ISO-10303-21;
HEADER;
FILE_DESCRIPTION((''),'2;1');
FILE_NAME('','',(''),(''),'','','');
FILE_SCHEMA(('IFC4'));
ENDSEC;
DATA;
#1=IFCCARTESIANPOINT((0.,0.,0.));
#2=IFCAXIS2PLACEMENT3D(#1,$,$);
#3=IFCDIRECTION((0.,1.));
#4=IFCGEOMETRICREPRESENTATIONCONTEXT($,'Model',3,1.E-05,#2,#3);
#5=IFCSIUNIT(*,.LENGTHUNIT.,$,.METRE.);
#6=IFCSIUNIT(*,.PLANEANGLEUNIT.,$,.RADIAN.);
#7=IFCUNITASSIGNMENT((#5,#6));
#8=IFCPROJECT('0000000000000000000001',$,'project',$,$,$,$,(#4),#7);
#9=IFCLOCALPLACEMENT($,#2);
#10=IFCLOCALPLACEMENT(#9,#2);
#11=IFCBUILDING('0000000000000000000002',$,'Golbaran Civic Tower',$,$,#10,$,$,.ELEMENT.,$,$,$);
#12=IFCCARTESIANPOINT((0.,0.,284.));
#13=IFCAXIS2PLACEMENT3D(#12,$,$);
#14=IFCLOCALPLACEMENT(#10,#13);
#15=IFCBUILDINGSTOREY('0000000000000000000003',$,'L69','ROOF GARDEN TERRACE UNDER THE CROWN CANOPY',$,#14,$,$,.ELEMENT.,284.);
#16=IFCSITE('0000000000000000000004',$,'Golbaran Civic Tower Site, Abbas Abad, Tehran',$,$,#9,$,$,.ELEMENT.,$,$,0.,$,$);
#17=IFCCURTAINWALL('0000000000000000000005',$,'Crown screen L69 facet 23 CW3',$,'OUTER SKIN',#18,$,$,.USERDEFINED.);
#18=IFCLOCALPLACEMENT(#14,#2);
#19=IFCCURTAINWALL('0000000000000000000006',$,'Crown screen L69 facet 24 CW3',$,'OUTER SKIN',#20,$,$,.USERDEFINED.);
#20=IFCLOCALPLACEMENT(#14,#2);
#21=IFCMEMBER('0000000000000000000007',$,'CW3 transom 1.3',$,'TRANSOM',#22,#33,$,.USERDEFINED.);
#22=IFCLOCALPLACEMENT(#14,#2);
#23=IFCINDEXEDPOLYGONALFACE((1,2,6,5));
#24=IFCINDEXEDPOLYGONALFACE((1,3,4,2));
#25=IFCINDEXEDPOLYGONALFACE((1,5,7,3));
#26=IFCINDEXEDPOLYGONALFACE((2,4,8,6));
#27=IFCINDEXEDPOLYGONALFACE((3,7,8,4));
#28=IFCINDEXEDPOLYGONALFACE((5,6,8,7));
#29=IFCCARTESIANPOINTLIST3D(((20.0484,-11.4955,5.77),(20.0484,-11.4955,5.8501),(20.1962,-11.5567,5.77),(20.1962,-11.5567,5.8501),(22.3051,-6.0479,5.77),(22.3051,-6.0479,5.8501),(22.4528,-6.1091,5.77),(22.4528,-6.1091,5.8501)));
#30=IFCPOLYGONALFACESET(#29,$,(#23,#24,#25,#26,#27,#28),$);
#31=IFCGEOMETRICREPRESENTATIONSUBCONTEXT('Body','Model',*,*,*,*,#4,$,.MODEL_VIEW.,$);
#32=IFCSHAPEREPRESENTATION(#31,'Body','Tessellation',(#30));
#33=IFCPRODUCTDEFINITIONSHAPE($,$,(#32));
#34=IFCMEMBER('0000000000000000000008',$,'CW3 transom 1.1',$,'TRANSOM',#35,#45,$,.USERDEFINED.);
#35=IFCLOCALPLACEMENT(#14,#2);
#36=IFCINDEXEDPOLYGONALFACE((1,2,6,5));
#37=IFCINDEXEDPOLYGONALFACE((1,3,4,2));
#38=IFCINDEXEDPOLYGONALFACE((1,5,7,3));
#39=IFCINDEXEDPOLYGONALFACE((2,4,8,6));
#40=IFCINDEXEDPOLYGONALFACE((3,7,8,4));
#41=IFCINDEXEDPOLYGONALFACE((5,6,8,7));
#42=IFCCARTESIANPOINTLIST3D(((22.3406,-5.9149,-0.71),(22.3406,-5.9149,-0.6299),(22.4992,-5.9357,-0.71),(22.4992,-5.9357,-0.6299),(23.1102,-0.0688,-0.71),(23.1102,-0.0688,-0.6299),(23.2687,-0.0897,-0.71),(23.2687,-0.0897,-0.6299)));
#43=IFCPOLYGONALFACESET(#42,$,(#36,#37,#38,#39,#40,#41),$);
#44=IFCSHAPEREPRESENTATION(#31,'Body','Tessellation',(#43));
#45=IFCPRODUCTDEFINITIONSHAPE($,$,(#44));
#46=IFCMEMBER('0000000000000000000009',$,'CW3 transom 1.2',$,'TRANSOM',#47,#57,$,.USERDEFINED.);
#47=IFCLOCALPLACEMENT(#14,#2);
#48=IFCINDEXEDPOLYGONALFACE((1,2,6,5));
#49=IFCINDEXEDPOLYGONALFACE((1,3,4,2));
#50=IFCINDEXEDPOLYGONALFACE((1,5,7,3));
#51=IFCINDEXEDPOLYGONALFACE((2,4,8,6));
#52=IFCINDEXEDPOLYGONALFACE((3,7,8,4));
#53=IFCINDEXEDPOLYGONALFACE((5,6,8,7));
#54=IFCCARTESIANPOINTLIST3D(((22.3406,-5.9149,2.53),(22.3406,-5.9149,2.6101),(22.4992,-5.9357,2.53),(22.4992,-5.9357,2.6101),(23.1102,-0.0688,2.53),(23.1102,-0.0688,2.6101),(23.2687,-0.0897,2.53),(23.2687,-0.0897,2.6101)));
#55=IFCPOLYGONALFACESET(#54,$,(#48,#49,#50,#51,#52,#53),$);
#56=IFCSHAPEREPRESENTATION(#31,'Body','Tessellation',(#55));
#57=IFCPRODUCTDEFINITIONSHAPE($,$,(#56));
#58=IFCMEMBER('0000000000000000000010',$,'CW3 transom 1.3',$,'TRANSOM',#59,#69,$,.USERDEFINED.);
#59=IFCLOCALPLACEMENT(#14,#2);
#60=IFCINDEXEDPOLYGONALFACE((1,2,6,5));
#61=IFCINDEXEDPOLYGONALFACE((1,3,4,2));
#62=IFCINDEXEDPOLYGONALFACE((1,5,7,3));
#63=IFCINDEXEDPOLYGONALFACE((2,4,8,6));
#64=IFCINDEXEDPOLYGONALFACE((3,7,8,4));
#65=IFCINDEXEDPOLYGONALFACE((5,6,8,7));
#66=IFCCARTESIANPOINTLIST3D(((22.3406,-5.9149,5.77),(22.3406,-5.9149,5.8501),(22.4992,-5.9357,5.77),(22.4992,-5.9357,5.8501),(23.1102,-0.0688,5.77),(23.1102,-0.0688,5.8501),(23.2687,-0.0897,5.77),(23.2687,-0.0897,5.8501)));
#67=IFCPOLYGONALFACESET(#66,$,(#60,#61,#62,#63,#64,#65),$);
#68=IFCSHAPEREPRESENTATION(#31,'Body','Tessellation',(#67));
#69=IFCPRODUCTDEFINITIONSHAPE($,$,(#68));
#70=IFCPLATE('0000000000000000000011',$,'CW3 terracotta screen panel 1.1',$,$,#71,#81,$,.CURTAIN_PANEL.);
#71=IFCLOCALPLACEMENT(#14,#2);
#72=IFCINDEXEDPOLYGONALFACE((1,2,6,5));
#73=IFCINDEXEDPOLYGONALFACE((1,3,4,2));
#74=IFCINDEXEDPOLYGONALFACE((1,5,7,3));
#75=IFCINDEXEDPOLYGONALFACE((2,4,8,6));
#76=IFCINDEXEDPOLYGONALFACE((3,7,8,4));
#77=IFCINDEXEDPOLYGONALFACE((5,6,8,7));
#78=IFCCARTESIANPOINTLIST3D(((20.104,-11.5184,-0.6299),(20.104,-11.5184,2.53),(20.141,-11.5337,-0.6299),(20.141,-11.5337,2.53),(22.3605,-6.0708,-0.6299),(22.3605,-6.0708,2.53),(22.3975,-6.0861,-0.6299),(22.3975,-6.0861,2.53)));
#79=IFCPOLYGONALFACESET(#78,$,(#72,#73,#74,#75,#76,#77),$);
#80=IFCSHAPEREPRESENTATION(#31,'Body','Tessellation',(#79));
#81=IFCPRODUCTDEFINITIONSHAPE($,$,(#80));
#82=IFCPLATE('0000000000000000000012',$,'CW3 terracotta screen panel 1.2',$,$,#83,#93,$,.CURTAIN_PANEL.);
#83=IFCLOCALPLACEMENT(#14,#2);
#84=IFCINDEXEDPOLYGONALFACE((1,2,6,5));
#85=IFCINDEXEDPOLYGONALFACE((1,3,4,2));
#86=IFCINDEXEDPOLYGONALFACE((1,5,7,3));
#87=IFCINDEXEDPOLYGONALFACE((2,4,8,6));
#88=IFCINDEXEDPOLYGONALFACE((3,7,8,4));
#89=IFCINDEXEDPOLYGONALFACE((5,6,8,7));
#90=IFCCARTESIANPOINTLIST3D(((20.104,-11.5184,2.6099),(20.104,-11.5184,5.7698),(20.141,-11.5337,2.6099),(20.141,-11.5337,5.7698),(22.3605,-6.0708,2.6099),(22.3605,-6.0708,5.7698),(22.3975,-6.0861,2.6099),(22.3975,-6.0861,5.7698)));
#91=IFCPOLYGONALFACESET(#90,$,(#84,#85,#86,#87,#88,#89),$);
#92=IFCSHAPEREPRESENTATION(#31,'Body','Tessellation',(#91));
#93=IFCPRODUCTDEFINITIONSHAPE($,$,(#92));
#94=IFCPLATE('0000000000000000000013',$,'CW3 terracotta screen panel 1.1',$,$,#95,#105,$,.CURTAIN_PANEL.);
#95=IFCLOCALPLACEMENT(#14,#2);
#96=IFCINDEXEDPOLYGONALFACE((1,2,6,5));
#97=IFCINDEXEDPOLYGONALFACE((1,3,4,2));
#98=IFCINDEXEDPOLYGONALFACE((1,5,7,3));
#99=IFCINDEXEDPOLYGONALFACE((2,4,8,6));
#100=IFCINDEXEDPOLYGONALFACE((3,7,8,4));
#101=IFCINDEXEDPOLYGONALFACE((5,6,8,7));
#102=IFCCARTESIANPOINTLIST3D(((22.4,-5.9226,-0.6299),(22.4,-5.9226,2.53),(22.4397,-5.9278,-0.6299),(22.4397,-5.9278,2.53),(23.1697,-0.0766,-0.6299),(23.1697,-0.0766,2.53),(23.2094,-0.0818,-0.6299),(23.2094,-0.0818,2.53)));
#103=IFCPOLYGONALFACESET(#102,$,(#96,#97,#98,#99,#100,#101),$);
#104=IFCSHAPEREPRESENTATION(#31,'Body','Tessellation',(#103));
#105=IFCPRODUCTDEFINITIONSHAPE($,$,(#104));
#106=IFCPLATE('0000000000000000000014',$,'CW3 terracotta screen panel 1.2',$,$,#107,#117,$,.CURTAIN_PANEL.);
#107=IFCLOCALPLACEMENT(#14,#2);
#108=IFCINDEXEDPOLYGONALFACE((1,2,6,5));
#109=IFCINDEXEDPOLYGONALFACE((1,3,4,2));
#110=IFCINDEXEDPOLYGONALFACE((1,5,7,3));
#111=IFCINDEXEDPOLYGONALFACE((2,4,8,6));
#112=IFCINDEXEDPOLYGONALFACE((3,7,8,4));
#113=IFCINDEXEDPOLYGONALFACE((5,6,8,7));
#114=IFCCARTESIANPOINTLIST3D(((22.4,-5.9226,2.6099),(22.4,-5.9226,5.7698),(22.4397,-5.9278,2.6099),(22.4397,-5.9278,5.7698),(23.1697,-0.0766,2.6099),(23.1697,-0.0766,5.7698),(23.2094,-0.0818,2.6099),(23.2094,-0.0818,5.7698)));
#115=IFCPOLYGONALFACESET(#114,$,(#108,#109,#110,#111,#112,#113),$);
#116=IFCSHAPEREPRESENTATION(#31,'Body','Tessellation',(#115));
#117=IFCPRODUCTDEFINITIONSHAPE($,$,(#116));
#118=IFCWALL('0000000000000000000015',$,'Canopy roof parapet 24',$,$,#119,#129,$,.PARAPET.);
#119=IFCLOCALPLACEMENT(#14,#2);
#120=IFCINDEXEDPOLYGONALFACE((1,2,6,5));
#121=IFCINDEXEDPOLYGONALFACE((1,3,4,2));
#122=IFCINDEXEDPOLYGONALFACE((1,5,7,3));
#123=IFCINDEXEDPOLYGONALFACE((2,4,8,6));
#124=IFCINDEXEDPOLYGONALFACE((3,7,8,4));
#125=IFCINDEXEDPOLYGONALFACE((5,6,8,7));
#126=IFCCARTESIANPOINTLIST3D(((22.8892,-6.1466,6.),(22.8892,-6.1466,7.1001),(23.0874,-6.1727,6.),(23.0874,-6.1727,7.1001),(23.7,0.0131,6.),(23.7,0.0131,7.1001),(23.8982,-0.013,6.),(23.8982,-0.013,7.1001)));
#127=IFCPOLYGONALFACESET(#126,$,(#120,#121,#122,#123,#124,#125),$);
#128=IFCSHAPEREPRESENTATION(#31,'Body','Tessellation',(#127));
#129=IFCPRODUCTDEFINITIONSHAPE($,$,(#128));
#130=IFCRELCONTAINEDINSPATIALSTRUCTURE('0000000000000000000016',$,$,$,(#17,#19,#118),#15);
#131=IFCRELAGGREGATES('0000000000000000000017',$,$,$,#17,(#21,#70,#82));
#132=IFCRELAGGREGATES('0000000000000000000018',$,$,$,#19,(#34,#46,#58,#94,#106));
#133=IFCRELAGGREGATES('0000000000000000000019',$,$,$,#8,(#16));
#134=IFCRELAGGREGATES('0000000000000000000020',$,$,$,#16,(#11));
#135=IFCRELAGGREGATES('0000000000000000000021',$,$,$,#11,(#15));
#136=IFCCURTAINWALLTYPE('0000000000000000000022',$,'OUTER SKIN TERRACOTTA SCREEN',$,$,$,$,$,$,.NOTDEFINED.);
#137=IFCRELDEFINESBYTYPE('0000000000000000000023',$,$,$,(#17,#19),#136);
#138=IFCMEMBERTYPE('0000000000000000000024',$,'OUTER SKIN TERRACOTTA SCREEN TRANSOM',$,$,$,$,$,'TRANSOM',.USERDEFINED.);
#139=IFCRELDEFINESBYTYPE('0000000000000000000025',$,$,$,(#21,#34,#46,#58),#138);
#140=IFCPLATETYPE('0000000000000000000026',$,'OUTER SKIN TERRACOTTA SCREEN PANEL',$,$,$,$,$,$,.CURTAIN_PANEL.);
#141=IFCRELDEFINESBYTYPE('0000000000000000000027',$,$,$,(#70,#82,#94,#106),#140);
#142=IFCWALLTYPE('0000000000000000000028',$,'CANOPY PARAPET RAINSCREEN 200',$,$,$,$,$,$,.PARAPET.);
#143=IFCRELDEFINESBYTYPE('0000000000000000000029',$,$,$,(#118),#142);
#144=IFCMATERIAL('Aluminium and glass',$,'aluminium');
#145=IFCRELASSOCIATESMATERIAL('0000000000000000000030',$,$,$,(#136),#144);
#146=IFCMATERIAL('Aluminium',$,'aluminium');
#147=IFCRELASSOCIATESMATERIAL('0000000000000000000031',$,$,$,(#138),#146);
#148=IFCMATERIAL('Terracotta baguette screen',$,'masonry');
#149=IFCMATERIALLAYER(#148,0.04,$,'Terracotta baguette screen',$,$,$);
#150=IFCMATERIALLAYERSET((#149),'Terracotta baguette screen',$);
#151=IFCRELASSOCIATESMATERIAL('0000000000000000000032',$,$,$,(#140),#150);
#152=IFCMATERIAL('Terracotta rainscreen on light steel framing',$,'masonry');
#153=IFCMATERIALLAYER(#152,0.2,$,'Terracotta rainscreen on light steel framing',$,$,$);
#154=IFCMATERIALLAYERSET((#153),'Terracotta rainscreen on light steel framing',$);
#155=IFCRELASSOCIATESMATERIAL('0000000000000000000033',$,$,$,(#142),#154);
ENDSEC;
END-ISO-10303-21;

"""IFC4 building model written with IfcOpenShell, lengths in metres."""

from ifc_helpers import new_model, si_unit, direction, frame, frame_2d, origin, origin_2d, place, context, subcontext, project, spatial, rectangle, extrude, material, layer, layer_set, material_profile, profile_set, type_object, element, aggregate, save


model = new_model("IFC4")

# Units and contexts
model_context = context("Model", 3, precision=1e-05, world=origin(), true_north=direction((0.0, 1.0)))
body_context = subcontext(model_context, "Body", "Model", "MODEL_VIEW")
ifc_project = project(units=[si_unit("LENGTHUNIT", "METRE"), si_unit("PLANEANGLEUNIT", "RADIAN")], contexts=[model_context])

# Site, building, storey
site_placement = place(None, origin())
site = spatial("IfcSite", under=ifc_project, at=site_placement, Name="Golbaran Civic Tower Site, Abbas Abad, Tehran", CompositionType="ELEMENT", RefElevation=0.0)
building_placement = place(site_placement, origin())
building = spatial("IfcBuilding", under=site, at=building_placement, Name="Golbaran Civic Tower", CompositionType="ELEMENT")
storey_placement = place(building_placement, frame((0.0, 0.0, 284.0)))
storey = spatial("IfcBuildingStorey", under=building, at=storey_placement, Name="L69", Description="ROOF GARDEN TERRACE UNDER THE CROWN CANOPY", CompositionType="ELEMENT", Elevation=284.0)

# Shared definitions
ifc_material_1 = material(Name="Aluminium and glass", Category="aluminium")
curtain_wall_type = type_object("IfcCurtainWallType", Name="OUTER SKIN TERRACOTTA SCREEN", PredefinedType="NOTDEFINED", material=ifc_material_1)
ifc_material_2 = material(Name="Aluminium", Category="aluminium")

# Curtain walls
curtain_wall_1_placement = place(storey_placement, origin())
curtain_wall_1 = element("IfcCurtainWall", 1, at=curtain_wall_1_placement, inside=storey, type_object=curtain_wall_type, Name="Crown screen L69 facet 23 CW3", ObjectType="OUTER SKIN", PredefinedType="USERDEFINED")
curtain_wall_2_placement = place(storey_placement, origin())
curtain_wall_2 = element("IfcCurtainWall", 2, at=curtain_wall_2_placement, inside=storey, type_object=curtain_wall_type, Name="Crown screen L69 facet 24 CW3", ObjectType="OUTER SKIN", PredefinedType="USERDEFINED")

# Members
ifc_material_profile_1 = material_profile(ifc_material_2, rectangle(XDim=0.1599, YDim=0.0801, at=origin_2d()), Name="OUTER SKIN TERRACOTTA SCREEN TRANSOM")
ifc_profile_set_1 = profile_set([ifc_material_profile_1], Name="Aluminium")
member_type_1 = type_object("IfcMemberType", Name="OUTER SKIN TERRACOTTA SCREEN TRANSOM", ElementType="TRANSOM", PredefinedType="USERDEFINED", material=ifc_profile_set_1)
member_1_placement = place(storey_placement, frame((20.1223, -11.5261, 5.8101), z_axis=(0.382707, 0.92387, 0.0), x_axis=(-0.92387, 0.382707, 0.0)))
member_1 = element("IfcMember", 3, at=member_1_placement, type_object=member_type_1, Name="CW3 transom 1.3", ObjectType="TRANSOM", PredefinedType="USERDEFINED", context=body_context, shape_type="SweptSolid", body=[
    extrude(rectangle(XDim=0.1599, YDim=0.0801, at=origin_2d()), origin(), (0.0, 0.0, 1.0), 5.8965),
])
member_2_placement = place(storey_placement, frame((22.4199, -5.9253, -0.6699), z_axis=(0.130509, 0.991447, 0.0), x_axis=(-0.991447, 0.130509, 0.0)))
member_2 = element("IfcMember", 4, at=member_2_placement, type_object=member_type_1, Name="CW3 transom 1.1", ObjectType="TRANSOM", PredefinedType="USERDEFINED", context=body_context, shape_type="SweptSolid", body=[
    extrude(rectangle(XDim=0.1599, YDim=0.0801, at=origin_2d()), origin(), (0.0, 0.0, 1.0), 5.8965),
])
member_3_placement = place(storey_placement, frame((22.4199, -5.9253, 2.5701), z_axis=(0.130509, 0.991447, 0.0), x_axis=(-0.991447, 0.130509, 0.0)))
member_3 = element("IfcMember", 5, at=member_3_placement, type_object=member_type_1, Name="CW3 transom 1.2", ObjectType="TRANSOM", PredefinedType="USERDEFINED", context=body_context, shape_type="SweptSolid", body=[
    extrude(rectangle(XDim=0.1599, YDim=0.0801, at=origin_2d()), origin(), (0.0, 0.0, 1.0), 5.8965),
])
member_4_placement = place(storey_placement, frame((22.4199, -5.9253, 5.8101), z_axis=(0.130509, 0.991447, 0.0), x_axis=(-0.991447, 0.130509, 0.0)))
member_4 = element("IfcMember", 6, at=member_4_placement, type_object=member_type_1, Name="CW3 transom 1.3", ObjectType="TRANSOM", PredefinedType="USERDEFINED", context=body_context, shape_type="SweptSolid", body=[
    extrude(rectangle(XDim=0.1599, YDim=0.0801, at=origin_2d()), origin(), (0.0, 0.0, 1.0), 5.8965),
])

# Plates
ifc_material_3 = material(Name="Terracotta baguette screen", Category="masonry")
ifc_layer_1 = layer(ifc_material_3, 0.04, Name="Terracotta baguette screen")
ifc_layer_set_1 = layer_set([ifc_layer_1], Name="Terracotta baguette screen")
plate_type = type_object("IfcPlateType", Name="OUTER SKIN TERRACOTTA SCREEN PANEL", PredefinedType="CURTAIN_PANEL", material=ifc_layer_set_1)
plate_1_placement = place(storey_placement, frame((21.2507, -8.8022, -0.6299), z_axis=(0.0, 0.0, 1.0), x_axis=(0.382683, 0.92388, 0.0)))
plate_1 = element("IfcPlate", 7, at=plate_1_placement, type_object=plate_type, Name="CW3 terracotta screen panel 1.1", PredefinedType="CURTAIN_PANEL", context=body_context, shape_type="SweptSolid", body=[
    extrude(rectangle(XDim=5.8965, YDim=0.04, at=origin_2d()), origin(), (0.0, 0.0, 1.0), 3.1599),
])
plate_2_placement = place(storey_placement, frame((21.2507, -8.8022, 2.6099), z_axis=(0.0, 0.0, 1.0), x_axis=(0.382683, 0.92388, 0.0)))
plate_2 = element("IfcPlate", 8, at=plate_2_placement, type_object=plate_type, Name="CW3 terracotta screen panel 1.2", PredefinedType="CURTAIN_PANEL", context=body_context, shape_type="SweptSolid", body=[
    extrude(rectangle(XDim=5.8965, YDim=0.04, at=origin_2d()), origin(), (0.0, 0.0, 1.0), 3.1599),
])
aggregate(curtain_wall_1, [member_1, plate_1, plate_2])
plate_3_placement = place(storey_placement, frame((22.8047, -3.0022, -0.6299), z_axis=(0.0, 0.0, 1.0), x_axis=(0.130526, 0.991445, 0.0)))
plate_3 = element("IfcPlate", 9, at=plate_3_placement, type_object=plate_type, Name="CW3 terracotta screen panel 1.1", PredefinedType="CURTAIN_PANEL", context=body_context, shape_type="SweptSolid", body=[
    extrude(rectangle(XDim=5.8965, YDim=0.04, at=origin_2d()), origin(), (0.0, 0.0, 1.0), 3.1599),
])
plate_4_placement = place(storey_placement, frame((22.8047, -3.0022, 2.6099), z_axis=(0.0, 0.0, 1.0), x_axis=(0.130526, 0.991445, 0.0)))
plate_4 = element("IfcPlate", 10, at=plate_4_placement, type_object=plate_type, Name="CW3 terracotta screen panel 1.2", PredefinedType="CURTAIN_PANEL", context=body_context, shape_type="SweptSolid", body=[
    extrude(rectangle(XDim=5.8965, YDim=0.04, at=origin_2d()), origin(), (0.0, 0.0, 1.0), 3.1599),
])
aggregate(curtain_wall_2, [member_2, member_3, member_4, plate_3, plate_4])

# Wall
ifc_material_4 = material(Name="Terracotta rainscreen on light steel framing", Category="masonry")
ifc_layer_2 = layer(ifc_material_4, 0.2, Name="Terracotta rainscreen on light steel framing")
ifc_layer_set_2 = layer_set([ifc_layer_2], Name="Terracotta rainscreen on light steel framing")
wall_type = type_object("IfcWallType", Name="CANOPY PARAPET RAINSCREEN 200", PredefinedType="PARAPET", material=ifc_layer_set_2)
wall_placement = place(storey_placement, frame((22.9883, -6.1597, 6.0), z_axis=(0.0, 0.0, 1.0), x_axis=(0.130503, 0.991448, 0.0)))
element("IfcWall", 11, at=wall_placement, inside=storey, type_object=wall_type, Name="Canopy roof parapet 24", PredefinedType="PARAPET", context=body_context, shape_type="SweptSolid", body=[
    extrude(rectangle(XDim=6.2129, YDim=0.2, at=frame_2d((3.1064, 0.0))), origin(), (0.0, 0.0, 1.0), 1.1001),
])

save(model, "model.ifc")
